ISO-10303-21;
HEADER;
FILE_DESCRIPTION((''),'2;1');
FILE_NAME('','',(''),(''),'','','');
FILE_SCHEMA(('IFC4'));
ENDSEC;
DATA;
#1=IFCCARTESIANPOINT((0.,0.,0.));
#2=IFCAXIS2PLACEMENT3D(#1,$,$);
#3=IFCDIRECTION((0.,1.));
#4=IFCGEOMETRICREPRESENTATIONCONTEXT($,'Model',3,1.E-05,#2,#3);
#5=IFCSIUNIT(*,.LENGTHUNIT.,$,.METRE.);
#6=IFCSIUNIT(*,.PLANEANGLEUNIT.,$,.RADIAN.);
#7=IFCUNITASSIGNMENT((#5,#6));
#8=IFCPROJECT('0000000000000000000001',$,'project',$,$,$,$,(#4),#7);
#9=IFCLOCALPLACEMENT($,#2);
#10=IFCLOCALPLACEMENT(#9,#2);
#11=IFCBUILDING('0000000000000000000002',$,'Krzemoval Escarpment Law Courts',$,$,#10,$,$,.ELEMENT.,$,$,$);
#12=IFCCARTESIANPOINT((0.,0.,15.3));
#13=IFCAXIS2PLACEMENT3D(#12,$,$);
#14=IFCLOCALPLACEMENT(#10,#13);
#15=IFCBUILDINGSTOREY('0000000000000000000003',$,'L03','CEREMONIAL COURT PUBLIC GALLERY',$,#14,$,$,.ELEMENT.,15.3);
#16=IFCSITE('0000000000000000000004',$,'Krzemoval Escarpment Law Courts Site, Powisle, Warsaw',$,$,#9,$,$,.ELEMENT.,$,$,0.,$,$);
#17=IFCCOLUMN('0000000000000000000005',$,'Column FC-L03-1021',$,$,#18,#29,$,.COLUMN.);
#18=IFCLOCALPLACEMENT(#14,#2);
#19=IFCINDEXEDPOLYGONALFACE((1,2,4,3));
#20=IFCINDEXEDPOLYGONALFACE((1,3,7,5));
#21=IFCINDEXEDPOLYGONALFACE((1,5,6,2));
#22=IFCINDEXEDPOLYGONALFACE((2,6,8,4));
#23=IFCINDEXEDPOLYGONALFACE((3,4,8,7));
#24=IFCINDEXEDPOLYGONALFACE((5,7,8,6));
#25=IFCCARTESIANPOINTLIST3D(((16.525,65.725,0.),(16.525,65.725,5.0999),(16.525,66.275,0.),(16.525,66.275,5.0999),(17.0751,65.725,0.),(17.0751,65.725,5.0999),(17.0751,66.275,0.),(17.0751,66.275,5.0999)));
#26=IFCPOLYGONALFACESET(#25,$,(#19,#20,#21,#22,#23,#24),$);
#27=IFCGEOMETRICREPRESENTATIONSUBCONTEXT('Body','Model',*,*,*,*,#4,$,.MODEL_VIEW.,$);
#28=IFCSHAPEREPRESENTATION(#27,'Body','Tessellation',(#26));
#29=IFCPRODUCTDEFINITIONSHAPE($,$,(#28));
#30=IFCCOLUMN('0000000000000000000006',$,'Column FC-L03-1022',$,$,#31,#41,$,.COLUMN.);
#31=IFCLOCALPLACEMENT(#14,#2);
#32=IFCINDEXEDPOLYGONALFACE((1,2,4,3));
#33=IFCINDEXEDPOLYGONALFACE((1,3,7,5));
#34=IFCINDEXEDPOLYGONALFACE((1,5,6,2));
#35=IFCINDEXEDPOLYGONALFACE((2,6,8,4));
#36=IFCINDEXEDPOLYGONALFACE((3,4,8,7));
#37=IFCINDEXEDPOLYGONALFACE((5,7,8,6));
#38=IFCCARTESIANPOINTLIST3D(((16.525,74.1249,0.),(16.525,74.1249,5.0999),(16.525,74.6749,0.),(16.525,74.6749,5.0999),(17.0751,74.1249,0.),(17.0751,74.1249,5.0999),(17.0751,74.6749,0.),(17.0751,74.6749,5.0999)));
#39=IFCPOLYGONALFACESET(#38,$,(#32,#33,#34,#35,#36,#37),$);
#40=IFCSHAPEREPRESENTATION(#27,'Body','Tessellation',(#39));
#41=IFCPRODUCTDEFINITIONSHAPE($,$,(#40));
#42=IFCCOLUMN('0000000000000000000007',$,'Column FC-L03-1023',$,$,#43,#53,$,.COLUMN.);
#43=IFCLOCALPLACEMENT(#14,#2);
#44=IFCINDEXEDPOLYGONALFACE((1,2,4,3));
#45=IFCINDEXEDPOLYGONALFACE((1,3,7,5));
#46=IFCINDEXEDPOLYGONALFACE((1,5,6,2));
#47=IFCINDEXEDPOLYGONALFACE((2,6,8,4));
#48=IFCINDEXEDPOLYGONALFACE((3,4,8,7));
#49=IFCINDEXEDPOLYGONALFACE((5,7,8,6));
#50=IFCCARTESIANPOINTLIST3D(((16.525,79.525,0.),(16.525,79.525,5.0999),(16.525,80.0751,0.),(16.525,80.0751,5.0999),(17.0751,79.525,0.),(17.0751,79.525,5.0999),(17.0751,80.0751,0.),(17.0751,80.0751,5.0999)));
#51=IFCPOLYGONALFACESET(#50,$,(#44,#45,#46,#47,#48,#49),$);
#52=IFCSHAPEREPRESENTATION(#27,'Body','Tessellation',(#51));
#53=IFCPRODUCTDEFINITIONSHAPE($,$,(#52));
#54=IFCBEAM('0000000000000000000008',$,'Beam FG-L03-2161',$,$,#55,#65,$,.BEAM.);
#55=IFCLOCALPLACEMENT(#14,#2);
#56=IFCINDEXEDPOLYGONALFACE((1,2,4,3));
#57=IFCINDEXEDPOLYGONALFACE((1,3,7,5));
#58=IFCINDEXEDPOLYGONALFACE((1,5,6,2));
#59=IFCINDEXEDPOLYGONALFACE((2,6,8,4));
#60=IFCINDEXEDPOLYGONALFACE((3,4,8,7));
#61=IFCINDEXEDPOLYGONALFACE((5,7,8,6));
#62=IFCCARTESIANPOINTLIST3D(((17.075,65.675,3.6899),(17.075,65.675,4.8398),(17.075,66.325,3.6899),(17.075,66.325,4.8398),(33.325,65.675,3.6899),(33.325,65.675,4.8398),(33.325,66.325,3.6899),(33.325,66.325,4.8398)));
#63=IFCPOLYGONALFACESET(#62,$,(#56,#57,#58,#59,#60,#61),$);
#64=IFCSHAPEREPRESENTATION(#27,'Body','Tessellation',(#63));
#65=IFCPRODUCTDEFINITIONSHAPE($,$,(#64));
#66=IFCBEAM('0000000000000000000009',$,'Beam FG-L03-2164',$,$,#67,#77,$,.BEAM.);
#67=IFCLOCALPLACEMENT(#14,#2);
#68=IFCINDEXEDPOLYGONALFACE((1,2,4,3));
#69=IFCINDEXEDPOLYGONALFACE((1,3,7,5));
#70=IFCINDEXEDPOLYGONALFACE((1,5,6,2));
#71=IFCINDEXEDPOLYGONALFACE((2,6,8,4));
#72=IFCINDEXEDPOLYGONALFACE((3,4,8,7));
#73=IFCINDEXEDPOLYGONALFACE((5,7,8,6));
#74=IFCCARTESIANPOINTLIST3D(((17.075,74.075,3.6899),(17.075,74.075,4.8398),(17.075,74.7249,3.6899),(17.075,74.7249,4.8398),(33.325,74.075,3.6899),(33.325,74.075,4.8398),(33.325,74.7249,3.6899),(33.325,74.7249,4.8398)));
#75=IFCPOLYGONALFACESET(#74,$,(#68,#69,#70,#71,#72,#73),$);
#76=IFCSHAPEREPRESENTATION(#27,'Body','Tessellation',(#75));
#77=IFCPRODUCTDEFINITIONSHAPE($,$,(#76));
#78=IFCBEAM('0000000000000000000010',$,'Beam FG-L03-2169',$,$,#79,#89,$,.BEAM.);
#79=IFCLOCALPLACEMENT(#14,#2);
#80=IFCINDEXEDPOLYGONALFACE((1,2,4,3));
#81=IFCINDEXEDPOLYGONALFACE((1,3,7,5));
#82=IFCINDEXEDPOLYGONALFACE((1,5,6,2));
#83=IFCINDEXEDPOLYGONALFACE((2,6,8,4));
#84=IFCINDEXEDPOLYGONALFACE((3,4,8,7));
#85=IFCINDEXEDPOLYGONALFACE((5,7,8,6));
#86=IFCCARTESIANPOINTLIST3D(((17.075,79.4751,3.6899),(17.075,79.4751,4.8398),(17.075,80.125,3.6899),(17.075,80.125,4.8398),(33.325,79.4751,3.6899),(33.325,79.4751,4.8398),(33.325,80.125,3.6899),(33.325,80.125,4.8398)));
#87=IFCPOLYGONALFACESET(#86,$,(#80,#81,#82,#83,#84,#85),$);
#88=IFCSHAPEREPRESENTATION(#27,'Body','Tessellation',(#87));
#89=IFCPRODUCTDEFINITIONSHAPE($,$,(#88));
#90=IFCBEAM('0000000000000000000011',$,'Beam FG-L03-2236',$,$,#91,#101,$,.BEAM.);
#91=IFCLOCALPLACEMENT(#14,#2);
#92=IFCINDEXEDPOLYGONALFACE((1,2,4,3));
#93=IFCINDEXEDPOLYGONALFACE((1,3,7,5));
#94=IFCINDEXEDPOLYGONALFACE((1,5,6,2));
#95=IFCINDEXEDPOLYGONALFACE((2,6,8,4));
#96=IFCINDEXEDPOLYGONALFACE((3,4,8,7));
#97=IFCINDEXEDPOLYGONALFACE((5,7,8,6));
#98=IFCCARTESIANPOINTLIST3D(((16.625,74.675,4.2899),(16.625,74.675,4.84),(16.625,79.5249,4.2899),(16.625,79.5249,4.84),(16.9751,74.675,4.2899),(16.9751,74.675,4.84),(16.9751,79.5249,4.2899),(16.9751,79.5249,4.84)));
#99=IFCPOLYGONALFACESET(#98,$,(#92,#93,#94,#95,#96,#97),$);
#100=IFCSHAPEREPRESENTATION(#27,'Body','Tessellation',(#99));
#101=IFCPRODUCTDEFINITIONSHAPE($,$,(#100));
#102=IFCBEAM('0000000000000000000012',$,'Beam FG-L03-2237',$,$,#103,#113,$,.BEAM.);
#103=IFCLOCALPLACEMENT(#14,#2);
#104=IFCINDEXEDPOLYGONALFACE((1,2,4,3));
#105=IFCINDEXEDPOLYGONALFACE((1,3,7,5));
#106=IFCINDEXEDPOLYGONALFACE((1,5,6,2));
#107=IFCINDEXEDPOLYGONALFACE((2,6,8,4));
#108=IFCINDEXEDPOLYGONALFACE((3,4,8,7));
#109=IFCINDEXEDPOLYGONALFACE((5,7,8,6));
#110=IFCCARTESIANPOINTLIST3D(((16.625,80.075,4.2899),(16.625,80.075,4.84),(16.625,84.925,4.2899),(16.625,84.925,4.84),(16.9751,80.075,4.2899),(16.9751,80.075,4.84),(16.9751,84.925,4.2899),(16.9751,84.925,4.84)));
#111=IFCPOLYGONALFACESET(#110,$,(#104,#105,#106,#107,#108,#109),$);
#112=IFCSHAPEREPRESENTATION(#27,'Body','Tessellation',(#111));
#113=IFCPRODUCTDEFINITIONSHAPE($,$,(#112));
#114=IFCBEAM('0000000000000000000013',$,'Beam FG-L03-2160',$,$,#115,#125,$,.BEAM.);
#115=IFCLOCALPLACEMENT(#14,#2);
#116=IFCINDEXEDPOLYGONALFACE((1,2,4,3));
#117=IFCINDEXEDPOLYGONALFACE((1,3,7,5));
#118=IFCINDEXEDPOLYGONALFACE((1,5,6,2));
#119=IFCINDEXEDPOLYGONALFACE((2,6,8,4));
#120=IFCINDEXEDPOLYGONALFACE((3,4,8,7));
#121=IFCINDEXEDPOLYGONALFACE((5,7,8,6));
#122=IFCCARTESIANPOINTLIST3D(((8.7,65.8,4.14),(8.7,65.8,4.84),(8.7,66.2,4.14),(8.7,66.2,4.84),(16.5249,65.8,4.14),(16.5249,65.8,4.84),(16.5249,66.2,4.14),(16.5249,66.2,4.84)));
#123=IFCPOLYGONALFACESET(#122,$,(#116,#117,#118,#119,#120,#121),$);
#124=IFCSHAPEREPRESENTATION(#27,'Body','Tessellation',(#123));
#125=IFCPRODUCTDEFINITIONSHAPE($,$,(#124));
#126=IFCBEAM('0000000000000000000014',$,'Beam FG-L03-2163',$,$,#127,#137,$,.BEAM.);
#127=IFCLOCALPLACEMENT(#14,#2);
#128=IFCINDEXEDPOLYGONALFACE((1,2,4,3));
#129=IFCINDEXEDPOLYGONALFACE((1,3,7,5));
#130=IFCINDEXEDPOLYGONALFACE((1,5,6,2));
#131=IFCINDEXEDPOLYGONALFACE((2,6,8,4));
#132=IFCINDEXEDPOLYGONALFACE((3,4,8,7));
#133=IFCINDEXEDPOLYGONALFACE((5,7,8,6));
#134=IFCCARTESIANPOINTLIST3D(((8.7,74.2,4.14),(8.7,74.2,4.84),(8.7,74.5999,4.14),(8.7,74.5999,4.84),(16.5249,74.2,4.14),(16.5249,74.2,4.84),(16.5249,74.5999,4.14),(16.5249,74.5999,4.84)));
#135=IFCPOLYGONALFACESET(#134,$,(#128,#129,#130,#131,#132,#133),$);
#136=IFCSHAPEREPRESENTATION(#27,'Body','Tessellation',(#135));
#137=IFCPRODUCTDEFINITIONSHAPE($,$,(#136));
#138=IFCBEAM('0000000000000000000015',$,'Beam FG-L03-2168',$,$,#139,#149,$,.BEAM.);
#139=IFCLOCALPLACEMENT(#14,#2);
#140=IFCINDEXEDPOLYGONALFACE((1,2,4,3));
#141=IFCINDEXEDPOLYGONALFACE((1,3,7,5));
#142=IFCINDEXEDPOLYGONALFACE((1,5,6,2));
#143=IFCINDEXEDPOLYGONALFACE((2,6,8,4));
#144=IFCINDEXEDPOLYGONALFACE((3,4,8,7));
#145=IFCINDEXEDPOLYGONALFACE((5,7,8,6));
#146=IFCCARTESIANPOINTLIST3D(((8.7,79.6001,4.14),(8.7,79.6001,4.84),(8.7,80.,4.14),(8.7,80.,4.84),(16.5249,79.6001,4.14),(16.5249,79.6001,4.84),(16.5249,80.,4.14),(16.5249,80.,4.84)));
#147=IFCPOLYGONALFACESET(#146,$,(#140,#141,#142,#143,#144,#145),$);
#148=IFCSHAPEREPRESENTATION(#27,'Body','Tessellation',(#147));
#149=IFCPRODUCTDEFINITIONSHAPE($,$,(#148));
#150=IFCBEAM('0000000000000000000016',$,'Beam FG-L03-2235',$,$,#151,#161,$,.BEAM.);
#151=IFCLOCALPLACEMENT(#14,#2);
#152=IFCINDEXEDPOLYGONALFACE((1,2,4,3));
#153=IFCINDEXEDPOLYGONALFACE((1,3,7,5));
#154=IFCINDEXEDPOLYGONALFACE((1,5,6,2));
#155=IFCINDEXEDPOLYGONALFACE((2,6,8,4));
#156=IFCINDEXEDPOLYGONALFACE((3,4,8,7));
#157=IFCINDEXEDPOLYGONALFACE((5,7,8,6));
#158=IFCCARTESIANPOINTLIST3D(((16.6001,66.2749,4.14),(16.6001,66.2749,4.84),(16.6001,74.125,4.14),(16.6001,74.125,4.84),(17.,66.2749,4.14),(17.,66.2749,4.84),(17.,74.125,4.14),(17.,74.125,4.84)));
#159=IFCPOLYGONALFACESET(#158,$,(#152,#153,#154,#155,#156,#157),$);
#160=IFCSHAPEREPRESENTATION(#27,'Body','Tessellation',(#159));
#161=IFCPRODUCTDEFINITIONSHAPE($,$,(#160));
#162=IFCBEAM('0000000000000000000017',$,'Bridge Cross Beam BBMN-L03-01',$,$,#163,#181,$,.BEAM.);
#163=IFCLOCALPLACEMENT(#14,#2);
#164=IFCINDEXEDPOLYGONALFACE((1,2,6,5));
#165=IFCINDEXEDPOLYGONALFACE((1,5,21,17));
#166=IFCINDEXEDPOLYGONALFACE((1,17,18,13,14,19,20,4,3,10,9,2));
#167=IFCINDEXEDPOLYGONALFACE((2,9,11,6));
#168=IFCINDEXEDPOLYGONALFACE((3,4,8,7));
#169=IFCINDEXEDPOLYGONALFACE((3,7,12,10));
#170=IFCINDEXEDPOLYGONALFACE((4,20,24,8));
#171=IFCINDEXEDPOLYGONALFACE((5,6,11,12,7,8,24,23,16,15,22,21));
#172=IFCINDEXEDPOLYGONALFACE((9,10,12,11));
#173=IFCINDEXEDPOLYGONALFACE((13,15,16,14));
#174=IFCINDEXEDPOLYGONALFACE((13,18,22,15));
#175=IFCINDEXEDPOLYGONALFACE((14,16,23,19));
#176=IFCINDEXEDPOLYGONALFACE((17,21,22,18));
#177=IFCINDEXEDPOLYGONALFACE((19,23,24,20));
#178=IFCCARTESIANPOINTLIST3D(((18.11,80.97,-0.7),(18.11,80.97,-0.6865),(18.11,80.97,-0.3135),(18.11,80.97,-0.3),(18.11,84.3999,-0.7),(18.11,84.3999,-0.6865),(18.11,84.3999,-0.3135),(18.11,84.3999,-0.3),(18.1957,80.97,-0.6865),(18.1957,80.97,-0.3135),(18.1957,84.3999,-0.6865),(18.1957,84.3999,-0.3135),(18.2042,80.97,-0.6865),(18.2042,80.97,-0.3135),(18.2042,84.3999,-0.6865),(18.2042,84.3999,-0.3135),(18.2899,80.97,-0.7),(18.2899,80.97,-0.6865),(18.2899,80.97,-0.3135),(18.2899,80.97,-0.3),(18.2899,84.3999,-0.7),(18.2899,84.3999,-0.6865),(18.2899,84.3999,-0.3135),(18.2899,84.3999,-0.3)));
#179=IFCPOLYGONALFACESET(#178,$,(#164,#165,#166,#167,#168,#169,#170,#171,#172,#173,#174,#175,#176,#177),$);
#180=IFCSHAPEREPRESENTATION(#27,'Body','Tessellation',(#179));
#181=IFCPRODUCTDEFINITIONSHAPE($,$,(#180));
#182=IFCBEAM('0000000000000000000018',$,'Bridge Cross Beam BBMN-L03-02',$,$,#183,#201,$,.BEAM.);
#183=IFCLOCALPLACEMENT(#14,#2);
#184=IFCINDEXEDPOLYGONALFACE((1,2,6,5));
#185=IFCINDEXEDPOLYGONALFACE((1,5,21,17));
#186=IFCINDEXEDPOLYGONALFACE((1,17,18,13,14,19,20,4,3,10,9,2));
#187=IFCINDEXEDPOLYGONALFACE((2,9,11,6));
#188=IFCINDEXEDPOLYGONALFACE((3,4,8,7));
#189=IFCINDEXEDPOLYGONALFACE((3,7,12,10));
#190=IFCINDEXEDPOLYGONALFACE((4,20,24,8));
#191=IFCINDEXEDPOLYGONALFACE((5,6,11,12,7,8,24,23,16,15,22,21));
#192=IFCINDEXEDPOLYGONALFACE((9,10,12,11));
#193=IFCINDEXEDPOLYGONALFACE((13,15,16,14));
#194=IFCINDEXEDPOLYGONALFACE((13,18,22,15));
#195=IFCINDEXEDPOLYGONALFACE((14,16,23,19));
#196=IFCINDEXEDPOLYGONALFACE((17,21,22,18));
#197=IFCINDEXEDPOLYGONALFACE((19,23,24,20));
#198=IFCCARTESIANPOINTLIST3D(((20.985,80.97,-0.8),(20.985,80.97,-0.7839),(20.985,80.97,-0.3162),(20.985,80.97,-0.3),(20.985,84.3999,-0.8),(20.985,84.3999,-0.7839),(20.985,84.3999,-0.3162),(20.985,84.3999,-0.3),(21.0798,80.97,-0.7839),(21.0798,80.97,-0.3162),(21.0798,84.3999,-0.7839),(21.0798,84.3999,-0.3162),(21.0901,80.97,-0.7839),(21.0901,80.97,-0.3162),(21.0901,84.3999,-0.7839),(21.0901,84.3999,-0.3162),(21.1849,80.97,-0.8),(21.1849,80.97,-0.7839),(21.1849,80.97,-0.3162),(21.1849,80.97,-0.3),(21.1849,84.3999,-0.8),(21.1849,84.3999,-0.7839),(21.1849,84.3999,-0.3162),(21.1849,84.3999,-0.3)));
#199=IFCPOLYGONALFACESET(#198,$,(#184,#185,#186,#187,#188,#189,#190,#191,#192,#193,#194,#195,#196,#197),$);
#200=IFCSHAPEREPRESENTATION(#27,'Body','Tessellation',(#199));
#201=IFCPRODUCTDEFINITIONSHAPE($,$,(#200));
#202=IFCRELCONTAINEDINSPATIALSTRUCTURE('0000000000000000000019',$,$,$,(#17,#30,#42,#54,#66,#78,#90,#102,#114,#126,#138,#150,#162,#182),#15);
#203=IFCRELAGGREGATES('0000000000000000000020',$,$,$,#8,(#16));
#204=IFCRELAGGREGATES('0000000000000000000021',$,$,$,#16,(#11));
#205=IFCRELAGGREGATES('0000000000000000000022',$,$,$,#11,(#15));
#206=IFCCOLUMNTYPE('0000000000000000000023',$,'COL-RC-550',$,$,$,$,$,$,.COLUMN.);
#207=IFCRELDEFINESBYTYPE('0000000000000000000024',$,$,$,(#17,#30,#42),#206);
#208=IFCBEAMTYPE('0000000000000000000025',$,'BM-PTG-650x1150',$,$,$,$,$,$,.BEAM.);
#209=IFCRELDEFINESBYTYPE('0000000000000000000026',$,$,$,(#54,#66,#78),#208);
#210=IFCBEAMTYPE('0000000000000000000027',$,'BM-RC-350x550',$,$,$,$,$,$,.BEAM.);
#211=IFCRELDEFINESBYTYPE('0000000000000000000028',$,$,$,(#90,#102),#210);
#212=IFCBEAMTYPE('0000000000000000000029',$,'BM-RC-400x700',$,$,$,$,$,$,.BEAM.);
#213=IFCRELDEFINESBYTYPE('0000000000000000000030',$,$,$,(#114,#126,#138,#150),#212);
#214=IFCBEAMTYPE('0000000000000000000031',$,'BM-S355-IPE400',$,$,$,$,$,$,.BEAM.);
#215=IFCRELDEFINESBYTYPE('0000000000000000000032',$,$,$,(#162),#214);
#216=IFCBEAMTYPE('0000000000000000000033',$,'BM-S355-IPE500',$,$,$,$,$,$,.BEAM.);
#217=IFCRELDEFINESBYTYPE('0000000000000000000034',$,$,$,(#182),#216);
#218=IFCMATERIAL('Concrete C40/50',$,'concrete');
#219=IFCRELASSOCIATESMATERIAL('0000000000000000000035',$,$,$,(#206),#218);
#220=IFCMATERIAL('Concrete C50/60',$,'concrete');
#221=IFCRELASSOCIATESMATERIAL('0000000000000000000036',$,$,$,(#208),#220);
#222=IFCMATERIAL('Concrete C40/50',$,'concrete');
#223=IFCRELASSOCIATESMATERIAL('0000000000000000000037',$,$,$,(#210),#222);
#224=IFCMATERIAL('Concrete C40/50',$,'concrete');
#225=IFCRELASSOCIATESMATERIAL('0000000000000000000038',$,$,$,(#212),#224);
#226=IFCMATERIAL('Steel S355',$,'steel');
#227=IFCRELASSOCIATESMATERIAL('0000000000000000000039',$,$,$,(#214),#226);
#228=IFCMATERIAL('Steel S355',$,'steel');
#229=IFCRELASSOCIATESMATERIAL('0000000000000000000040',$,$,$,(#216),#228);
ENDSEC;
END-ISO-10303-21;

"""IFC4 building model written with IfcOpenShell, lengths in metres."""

from ifc_helpers import new_model, si_unit, direction, frame, origin, origin_2d, place, context, subcontext, project, spatial, rectangle, i_section, extrude, material, material_profile, profile_set, type_object, element, save


model = new_model("IFC4")

# Units and contexts
model_context = context("Model", 3, precision=1e-05, world=origin(), true_north=direction((0.0, 1.0)))
body_context = subcontext(model_context, "Body", "Model", "MODEL_VIEW")
ifc_project = project(units=[si_unit("LENGTHUNIT", "METRE"), si_unit("PLANEANGLEUNIT", "RADIAN")], contexts=[model_context])

# Site, building, storey
site_placement = place(None, origin())
site = spatial("IfcSite", under=ifc_project, at=site_placement, Name="Krzemoval Escarpment Law Courts Site, Powisle, Warsaw", CompositionType="ELEMENT", RefElevation=0.0)
building_placement = place(site_placement, origin())
building = spatial("IfcBuilding", under=site, at=building_placement, Name="Krzemoval Escarpment Law Courts", CompositionType="ELEMENT")
storey_placement = place(building_placement, frame((0.0, 0.0, 15.3)))
storey = spatial("IfcBuildingStorey", under=building, at=storey_placement, Name="L03", Description="CEREMONIAL COURT PUBLIC GALLERY", CompositionType="ELEMENT", Elevation=15.3)

# Columns
ifc_material_1 = material(Name="Concrete C40/50", Category="concrete")
ifc_material_profile_1 = material_profile(ifc_material_1, rectangle(XDim=0.55, YDim=0.55, at=origin_2d()), Name="RC 550x550")
ifc_profile_set_1 = profile_set([ifc_material_profile_1], Name="Concrete C40/50")
column_type = type_object("IfcColumnType", Name="COL-RC-550", PredefinedType="COLUMN", material=ifc_profile_set_1)
for number, where, z_axis, x_axis, name in (
    (1, (16.8, 66.0, 0.0), (0.0, 0.0, 1.0), (1.0, 0.0, 0.0), "Column FC-L03-1021"),
    (2, (16.8, 74.3999, 0.0), (0.0, 0.0, 1.0), (1.0, 0.0, 0.0), "Column FC-L03-1022"),
    (3, (16.8, 79.8, 0.0), (0.0, 0.0, 1.0), (1.0, 0.0, 0.0), "Column FC-L03-1023"),
):
    element("IfcColumn", number, at=place(storey_placement, frame(where, z_axis=z_axis, x_axis=x_axis)), inside=storey, type_object=column_type, Name=name, PredefinedType="COLUMN", context=body_context, shape_type="SweptSolid", body=[
        extrude(rectangle(XDim=0.55, YDim=0.55, at=origin_2d()), origin(), (0.0, 0.0, 1.0), 5.0999),
    ])

# Beams
ifc_material_2 = material(Name="Concrete C50/60", Category="concrete")
ifc_material_profile_2 = material_profile(ifc_material_2, rectangle(XDim=0.6499, YDim=1.1499, at=origin_2d()), Name="PTG 650x1150")
ifc_profile_set_2 = profile_set([ifc_material_profile_2], Name="Concrete C50/60")
beam_type_1 = type_object("IfcBeamType", Name="BM-PTG-650x1150", PredefinedType="BEAM", material=ifc_profile_set_2)
for number, where, z_axis, x_axis, name in (
    (4, (17.075, 66.0, 4.2649), (1.0, 0.0, 0.0), (0.0, 1.0, 0.0), "Beam FG-L03-2161"),
    (5, (17.075, 74.3999, 4.2649), (1.0, 0.0, 0.0), (0.0, 1.0, 0.0), "Beam FG-L03-2164"),
    (6, (17.075, 79.8, 4.2649), (1.0, 0.0, 0.0), (0.0, 1.0, 0.0), "Beam FG-L03-2169"),
):
    element("IfcBeam", number, at=place(storey_placement, frame(where, z_axis=z_axis, x_axis=x_axis)), inside=storey, type_object=beam_type_1, Name=name, PredefinedType="BEAM", context=body_context, shape_type="SweptSolid", body=[
        extrude(rectangle(XDim=0.6499, YDim=1.1499, at=origin_2d()), origin(), (0.0, 0.0, 1.0), 16.25),
    ])
ifc_material_3 = material(Name="Concrete C40/50", Category="concrete")
ifc_material_profile_3 = material_profile(ifc_material_3, rectangle(XDim=0.3501, YDim=0.55, at=origin_2d()), Name="RCB 350x550")
ifc_profile_set_3 = profile_set([ifc_material_profile_3], Name="Concrete C40/50")
beam_type_2 = type_object("IfcBeamType", Name="BM-RC-350x550", PredefinedType="BEAM", material=ifc_profile_set_3)
beam_1_placement = place(storey_placement, frame((16.8, 74.675, 4.5649), z_axis=(0.0, 1.0, 0.0), x_axis=(-1.0, 0.0, 0.0)))
element("IfcBeam", 7, at=beam_1_placement, inside=storey, type_object=beam_type_2, Name="Beam FG-L03-2236", PredefinedType="BEAM", context=body_context, shape_type="SweptSolid", body=[
    extrude(rectangle(XDim=0.3501, YDim=0.55, at=origin_2d()), origin(), (0.0, 0.0, 1.0), 4.8499),
])
beam_2_placement = place(storey_placement, frame((16.8, 80.075, 4.5649), z_axis=(0.0, 1.0, 0.0), x_axis=(-1.0, 0.0, 0.0)))
element("IfcBeam", 8, at=beam_2_placement, inside=storey, type_object=beam_type_2, Name="Beam FG-L03-2237", PredefinedType="BEAM", context=body_context, shape_type="SweptSolid", body=[
    extrude(rectangle(XDim=0.3501, YDim=0.55, at=origin_2d()), origin(), (0.0, 0.0, 1.0), 4.8501),
])
ifc_material_4 = material(Name="Concrete C40/50", Category="concrete")
ifc_material_profile_4 = material_profile(ifc_material_4, rectangle(XDim=0.3999, YDim=0.7, at=origin_2d()), Name="RCB 400x700")
ifc_profile_set_4 = profile_set([ifc_material_profile_4], Name="Concrete C40/50")
beam_type_3 = type_object("IfcBeamType", Name="BM-RC-400x700", PredefinedType="BEAM", material=ifc_profile_set_4)
for number, where, z_axis, x_axis, name in (
    (9, (8.7, 66.0, 4.49), (1.0, 0.0, 0.0), (0.0, 1.0, 0.0), "Beam FG-L03-2160"),
    (10, (8.7, 74.3999, 4.49), (1.0, 0.0, 0.0), (0.0, 1.0, 0.0), "Beam FG-L03-2163"),
    (11, (8.7, 79.8, 4.49), (1.0, 0.0, 0.0), (0.0, 1.0, 0.0), "Beam FG-L03-2168"),
):
    element("IfcBeam", number, at=place(storey_placement, frame(where, z_axis=z_axis, x_axis=x_axis)), inside=storey, type_object=beam_type_3, Name=name, PredefinedType="BEAM", context=body_context, shape_type="SweptSolid", body=[
        extrude(rectangle(XDim=0.3999, YDim=0.7, at=origin_2d()), origin(), (0.0, 0.0, 1.0), 7.825),
    ])
beam_3_placement = place(storey_placement, frame((16.8, 66.2749, 4.49), z_axis=(0.0, 1.0, 0.0), x_axis=(-1.0, 0.0, 0.0)))
element("IfcBeam", 12, at=beam_3_placement, inside=storey, type_object=beam_type_3, Name="Beam FG-L03-2235", PredefinedType="BEAM", context=body_context, shape_type="SweptSolid", body=[
    extrude(rectangle(XDim=0.3999, YDim=0.7, at=origin_2d()), origin(), (0.0, 0.0, 1.0), 7.8501),
])
ifc_material_5 = material(Name="Steel S355", Category="steel")
ifc_material_profile_5 = material_profile(ifc_material_5, i_section(OverallWidth=0.1799, OverallDepth=0.3999, WebThickness=0.0085, FlangeThickness=0.0134, at=origin_2d()), Name="IPE 400")
ifc_profile_set_5 = profile_set([ifc_material_profile_5], Name="Steel S355")
beam_type_4 = type_object("IfcBeamType", Name="BM-S355-IPE400", PredefinedType="BEAM", material=ifc_profile_set_5)
beam_4_placement = place(storey_placement, frame((18.2, 80.97, -0.5), z_axis=(0.0, 1.0, 0.0), x_axis=(-1.0, 0.0, 0.0)))
element("IfcBeam", 13, at=beam_4_placement, inside=storey, type_object=beam_type_4, Name="Bridge Cross Beam BBMN-L03-01", PredefinedType="BEAM", context=body_context, shape_type="SweptSolid", body=[
    extrude(i_section(OverallWidth=0.1799, OverallDepth=0.3999, WebThickness=0.0085, FlangeThickness=0.0134, at=origin_2d()), origin(), (0.0, 0.0, 1.0), 3.4299),
])
ifc_material_6 = material(Name="Steel S355", Category="steel")
ifc_material_profile_6 = material_profile(ifc_material_6, i_section(OverallWidth=0.2, OverallDepth=0.5, WebThickness=0.0103, FlangeThickness=0.0161, at=origin_2d()), Name="IPE 500")
ifc_profile_set_6 = profile_set([ifc_material_profile_6], Name="Steel S355")
beam_type_5 = type_object("IfcBeamType", Name="BM-S355-IPE500", PredefinedType="BEAM", material=ifc_profile_set_6)
beam_5_placement = place(storey_placement, frame((21.085, 80.97, -0.55), z_axis=(0.0, 1.0, 0.0), x_axis=(-1.0, 0.0, 0.0)))
element("IfcBeam", 14, at=beam_5_placement, inside=storey, type_object=beam_type_5, Name="Bridge Cross Beam BBMN-L03-02", PredefinedType="BEAM", context=body_context, shape_type="SweptSolid", body=[
    extrude(i_section(OverallWidth=0.2, OverallDepth=0.5, WebThickness=0.0103, FlangeThickness=0.0161, at=origin_2d()), origin(), (0.0, 0.0, 1.0), 3.4299),
])

save(model, "model.ifc")
